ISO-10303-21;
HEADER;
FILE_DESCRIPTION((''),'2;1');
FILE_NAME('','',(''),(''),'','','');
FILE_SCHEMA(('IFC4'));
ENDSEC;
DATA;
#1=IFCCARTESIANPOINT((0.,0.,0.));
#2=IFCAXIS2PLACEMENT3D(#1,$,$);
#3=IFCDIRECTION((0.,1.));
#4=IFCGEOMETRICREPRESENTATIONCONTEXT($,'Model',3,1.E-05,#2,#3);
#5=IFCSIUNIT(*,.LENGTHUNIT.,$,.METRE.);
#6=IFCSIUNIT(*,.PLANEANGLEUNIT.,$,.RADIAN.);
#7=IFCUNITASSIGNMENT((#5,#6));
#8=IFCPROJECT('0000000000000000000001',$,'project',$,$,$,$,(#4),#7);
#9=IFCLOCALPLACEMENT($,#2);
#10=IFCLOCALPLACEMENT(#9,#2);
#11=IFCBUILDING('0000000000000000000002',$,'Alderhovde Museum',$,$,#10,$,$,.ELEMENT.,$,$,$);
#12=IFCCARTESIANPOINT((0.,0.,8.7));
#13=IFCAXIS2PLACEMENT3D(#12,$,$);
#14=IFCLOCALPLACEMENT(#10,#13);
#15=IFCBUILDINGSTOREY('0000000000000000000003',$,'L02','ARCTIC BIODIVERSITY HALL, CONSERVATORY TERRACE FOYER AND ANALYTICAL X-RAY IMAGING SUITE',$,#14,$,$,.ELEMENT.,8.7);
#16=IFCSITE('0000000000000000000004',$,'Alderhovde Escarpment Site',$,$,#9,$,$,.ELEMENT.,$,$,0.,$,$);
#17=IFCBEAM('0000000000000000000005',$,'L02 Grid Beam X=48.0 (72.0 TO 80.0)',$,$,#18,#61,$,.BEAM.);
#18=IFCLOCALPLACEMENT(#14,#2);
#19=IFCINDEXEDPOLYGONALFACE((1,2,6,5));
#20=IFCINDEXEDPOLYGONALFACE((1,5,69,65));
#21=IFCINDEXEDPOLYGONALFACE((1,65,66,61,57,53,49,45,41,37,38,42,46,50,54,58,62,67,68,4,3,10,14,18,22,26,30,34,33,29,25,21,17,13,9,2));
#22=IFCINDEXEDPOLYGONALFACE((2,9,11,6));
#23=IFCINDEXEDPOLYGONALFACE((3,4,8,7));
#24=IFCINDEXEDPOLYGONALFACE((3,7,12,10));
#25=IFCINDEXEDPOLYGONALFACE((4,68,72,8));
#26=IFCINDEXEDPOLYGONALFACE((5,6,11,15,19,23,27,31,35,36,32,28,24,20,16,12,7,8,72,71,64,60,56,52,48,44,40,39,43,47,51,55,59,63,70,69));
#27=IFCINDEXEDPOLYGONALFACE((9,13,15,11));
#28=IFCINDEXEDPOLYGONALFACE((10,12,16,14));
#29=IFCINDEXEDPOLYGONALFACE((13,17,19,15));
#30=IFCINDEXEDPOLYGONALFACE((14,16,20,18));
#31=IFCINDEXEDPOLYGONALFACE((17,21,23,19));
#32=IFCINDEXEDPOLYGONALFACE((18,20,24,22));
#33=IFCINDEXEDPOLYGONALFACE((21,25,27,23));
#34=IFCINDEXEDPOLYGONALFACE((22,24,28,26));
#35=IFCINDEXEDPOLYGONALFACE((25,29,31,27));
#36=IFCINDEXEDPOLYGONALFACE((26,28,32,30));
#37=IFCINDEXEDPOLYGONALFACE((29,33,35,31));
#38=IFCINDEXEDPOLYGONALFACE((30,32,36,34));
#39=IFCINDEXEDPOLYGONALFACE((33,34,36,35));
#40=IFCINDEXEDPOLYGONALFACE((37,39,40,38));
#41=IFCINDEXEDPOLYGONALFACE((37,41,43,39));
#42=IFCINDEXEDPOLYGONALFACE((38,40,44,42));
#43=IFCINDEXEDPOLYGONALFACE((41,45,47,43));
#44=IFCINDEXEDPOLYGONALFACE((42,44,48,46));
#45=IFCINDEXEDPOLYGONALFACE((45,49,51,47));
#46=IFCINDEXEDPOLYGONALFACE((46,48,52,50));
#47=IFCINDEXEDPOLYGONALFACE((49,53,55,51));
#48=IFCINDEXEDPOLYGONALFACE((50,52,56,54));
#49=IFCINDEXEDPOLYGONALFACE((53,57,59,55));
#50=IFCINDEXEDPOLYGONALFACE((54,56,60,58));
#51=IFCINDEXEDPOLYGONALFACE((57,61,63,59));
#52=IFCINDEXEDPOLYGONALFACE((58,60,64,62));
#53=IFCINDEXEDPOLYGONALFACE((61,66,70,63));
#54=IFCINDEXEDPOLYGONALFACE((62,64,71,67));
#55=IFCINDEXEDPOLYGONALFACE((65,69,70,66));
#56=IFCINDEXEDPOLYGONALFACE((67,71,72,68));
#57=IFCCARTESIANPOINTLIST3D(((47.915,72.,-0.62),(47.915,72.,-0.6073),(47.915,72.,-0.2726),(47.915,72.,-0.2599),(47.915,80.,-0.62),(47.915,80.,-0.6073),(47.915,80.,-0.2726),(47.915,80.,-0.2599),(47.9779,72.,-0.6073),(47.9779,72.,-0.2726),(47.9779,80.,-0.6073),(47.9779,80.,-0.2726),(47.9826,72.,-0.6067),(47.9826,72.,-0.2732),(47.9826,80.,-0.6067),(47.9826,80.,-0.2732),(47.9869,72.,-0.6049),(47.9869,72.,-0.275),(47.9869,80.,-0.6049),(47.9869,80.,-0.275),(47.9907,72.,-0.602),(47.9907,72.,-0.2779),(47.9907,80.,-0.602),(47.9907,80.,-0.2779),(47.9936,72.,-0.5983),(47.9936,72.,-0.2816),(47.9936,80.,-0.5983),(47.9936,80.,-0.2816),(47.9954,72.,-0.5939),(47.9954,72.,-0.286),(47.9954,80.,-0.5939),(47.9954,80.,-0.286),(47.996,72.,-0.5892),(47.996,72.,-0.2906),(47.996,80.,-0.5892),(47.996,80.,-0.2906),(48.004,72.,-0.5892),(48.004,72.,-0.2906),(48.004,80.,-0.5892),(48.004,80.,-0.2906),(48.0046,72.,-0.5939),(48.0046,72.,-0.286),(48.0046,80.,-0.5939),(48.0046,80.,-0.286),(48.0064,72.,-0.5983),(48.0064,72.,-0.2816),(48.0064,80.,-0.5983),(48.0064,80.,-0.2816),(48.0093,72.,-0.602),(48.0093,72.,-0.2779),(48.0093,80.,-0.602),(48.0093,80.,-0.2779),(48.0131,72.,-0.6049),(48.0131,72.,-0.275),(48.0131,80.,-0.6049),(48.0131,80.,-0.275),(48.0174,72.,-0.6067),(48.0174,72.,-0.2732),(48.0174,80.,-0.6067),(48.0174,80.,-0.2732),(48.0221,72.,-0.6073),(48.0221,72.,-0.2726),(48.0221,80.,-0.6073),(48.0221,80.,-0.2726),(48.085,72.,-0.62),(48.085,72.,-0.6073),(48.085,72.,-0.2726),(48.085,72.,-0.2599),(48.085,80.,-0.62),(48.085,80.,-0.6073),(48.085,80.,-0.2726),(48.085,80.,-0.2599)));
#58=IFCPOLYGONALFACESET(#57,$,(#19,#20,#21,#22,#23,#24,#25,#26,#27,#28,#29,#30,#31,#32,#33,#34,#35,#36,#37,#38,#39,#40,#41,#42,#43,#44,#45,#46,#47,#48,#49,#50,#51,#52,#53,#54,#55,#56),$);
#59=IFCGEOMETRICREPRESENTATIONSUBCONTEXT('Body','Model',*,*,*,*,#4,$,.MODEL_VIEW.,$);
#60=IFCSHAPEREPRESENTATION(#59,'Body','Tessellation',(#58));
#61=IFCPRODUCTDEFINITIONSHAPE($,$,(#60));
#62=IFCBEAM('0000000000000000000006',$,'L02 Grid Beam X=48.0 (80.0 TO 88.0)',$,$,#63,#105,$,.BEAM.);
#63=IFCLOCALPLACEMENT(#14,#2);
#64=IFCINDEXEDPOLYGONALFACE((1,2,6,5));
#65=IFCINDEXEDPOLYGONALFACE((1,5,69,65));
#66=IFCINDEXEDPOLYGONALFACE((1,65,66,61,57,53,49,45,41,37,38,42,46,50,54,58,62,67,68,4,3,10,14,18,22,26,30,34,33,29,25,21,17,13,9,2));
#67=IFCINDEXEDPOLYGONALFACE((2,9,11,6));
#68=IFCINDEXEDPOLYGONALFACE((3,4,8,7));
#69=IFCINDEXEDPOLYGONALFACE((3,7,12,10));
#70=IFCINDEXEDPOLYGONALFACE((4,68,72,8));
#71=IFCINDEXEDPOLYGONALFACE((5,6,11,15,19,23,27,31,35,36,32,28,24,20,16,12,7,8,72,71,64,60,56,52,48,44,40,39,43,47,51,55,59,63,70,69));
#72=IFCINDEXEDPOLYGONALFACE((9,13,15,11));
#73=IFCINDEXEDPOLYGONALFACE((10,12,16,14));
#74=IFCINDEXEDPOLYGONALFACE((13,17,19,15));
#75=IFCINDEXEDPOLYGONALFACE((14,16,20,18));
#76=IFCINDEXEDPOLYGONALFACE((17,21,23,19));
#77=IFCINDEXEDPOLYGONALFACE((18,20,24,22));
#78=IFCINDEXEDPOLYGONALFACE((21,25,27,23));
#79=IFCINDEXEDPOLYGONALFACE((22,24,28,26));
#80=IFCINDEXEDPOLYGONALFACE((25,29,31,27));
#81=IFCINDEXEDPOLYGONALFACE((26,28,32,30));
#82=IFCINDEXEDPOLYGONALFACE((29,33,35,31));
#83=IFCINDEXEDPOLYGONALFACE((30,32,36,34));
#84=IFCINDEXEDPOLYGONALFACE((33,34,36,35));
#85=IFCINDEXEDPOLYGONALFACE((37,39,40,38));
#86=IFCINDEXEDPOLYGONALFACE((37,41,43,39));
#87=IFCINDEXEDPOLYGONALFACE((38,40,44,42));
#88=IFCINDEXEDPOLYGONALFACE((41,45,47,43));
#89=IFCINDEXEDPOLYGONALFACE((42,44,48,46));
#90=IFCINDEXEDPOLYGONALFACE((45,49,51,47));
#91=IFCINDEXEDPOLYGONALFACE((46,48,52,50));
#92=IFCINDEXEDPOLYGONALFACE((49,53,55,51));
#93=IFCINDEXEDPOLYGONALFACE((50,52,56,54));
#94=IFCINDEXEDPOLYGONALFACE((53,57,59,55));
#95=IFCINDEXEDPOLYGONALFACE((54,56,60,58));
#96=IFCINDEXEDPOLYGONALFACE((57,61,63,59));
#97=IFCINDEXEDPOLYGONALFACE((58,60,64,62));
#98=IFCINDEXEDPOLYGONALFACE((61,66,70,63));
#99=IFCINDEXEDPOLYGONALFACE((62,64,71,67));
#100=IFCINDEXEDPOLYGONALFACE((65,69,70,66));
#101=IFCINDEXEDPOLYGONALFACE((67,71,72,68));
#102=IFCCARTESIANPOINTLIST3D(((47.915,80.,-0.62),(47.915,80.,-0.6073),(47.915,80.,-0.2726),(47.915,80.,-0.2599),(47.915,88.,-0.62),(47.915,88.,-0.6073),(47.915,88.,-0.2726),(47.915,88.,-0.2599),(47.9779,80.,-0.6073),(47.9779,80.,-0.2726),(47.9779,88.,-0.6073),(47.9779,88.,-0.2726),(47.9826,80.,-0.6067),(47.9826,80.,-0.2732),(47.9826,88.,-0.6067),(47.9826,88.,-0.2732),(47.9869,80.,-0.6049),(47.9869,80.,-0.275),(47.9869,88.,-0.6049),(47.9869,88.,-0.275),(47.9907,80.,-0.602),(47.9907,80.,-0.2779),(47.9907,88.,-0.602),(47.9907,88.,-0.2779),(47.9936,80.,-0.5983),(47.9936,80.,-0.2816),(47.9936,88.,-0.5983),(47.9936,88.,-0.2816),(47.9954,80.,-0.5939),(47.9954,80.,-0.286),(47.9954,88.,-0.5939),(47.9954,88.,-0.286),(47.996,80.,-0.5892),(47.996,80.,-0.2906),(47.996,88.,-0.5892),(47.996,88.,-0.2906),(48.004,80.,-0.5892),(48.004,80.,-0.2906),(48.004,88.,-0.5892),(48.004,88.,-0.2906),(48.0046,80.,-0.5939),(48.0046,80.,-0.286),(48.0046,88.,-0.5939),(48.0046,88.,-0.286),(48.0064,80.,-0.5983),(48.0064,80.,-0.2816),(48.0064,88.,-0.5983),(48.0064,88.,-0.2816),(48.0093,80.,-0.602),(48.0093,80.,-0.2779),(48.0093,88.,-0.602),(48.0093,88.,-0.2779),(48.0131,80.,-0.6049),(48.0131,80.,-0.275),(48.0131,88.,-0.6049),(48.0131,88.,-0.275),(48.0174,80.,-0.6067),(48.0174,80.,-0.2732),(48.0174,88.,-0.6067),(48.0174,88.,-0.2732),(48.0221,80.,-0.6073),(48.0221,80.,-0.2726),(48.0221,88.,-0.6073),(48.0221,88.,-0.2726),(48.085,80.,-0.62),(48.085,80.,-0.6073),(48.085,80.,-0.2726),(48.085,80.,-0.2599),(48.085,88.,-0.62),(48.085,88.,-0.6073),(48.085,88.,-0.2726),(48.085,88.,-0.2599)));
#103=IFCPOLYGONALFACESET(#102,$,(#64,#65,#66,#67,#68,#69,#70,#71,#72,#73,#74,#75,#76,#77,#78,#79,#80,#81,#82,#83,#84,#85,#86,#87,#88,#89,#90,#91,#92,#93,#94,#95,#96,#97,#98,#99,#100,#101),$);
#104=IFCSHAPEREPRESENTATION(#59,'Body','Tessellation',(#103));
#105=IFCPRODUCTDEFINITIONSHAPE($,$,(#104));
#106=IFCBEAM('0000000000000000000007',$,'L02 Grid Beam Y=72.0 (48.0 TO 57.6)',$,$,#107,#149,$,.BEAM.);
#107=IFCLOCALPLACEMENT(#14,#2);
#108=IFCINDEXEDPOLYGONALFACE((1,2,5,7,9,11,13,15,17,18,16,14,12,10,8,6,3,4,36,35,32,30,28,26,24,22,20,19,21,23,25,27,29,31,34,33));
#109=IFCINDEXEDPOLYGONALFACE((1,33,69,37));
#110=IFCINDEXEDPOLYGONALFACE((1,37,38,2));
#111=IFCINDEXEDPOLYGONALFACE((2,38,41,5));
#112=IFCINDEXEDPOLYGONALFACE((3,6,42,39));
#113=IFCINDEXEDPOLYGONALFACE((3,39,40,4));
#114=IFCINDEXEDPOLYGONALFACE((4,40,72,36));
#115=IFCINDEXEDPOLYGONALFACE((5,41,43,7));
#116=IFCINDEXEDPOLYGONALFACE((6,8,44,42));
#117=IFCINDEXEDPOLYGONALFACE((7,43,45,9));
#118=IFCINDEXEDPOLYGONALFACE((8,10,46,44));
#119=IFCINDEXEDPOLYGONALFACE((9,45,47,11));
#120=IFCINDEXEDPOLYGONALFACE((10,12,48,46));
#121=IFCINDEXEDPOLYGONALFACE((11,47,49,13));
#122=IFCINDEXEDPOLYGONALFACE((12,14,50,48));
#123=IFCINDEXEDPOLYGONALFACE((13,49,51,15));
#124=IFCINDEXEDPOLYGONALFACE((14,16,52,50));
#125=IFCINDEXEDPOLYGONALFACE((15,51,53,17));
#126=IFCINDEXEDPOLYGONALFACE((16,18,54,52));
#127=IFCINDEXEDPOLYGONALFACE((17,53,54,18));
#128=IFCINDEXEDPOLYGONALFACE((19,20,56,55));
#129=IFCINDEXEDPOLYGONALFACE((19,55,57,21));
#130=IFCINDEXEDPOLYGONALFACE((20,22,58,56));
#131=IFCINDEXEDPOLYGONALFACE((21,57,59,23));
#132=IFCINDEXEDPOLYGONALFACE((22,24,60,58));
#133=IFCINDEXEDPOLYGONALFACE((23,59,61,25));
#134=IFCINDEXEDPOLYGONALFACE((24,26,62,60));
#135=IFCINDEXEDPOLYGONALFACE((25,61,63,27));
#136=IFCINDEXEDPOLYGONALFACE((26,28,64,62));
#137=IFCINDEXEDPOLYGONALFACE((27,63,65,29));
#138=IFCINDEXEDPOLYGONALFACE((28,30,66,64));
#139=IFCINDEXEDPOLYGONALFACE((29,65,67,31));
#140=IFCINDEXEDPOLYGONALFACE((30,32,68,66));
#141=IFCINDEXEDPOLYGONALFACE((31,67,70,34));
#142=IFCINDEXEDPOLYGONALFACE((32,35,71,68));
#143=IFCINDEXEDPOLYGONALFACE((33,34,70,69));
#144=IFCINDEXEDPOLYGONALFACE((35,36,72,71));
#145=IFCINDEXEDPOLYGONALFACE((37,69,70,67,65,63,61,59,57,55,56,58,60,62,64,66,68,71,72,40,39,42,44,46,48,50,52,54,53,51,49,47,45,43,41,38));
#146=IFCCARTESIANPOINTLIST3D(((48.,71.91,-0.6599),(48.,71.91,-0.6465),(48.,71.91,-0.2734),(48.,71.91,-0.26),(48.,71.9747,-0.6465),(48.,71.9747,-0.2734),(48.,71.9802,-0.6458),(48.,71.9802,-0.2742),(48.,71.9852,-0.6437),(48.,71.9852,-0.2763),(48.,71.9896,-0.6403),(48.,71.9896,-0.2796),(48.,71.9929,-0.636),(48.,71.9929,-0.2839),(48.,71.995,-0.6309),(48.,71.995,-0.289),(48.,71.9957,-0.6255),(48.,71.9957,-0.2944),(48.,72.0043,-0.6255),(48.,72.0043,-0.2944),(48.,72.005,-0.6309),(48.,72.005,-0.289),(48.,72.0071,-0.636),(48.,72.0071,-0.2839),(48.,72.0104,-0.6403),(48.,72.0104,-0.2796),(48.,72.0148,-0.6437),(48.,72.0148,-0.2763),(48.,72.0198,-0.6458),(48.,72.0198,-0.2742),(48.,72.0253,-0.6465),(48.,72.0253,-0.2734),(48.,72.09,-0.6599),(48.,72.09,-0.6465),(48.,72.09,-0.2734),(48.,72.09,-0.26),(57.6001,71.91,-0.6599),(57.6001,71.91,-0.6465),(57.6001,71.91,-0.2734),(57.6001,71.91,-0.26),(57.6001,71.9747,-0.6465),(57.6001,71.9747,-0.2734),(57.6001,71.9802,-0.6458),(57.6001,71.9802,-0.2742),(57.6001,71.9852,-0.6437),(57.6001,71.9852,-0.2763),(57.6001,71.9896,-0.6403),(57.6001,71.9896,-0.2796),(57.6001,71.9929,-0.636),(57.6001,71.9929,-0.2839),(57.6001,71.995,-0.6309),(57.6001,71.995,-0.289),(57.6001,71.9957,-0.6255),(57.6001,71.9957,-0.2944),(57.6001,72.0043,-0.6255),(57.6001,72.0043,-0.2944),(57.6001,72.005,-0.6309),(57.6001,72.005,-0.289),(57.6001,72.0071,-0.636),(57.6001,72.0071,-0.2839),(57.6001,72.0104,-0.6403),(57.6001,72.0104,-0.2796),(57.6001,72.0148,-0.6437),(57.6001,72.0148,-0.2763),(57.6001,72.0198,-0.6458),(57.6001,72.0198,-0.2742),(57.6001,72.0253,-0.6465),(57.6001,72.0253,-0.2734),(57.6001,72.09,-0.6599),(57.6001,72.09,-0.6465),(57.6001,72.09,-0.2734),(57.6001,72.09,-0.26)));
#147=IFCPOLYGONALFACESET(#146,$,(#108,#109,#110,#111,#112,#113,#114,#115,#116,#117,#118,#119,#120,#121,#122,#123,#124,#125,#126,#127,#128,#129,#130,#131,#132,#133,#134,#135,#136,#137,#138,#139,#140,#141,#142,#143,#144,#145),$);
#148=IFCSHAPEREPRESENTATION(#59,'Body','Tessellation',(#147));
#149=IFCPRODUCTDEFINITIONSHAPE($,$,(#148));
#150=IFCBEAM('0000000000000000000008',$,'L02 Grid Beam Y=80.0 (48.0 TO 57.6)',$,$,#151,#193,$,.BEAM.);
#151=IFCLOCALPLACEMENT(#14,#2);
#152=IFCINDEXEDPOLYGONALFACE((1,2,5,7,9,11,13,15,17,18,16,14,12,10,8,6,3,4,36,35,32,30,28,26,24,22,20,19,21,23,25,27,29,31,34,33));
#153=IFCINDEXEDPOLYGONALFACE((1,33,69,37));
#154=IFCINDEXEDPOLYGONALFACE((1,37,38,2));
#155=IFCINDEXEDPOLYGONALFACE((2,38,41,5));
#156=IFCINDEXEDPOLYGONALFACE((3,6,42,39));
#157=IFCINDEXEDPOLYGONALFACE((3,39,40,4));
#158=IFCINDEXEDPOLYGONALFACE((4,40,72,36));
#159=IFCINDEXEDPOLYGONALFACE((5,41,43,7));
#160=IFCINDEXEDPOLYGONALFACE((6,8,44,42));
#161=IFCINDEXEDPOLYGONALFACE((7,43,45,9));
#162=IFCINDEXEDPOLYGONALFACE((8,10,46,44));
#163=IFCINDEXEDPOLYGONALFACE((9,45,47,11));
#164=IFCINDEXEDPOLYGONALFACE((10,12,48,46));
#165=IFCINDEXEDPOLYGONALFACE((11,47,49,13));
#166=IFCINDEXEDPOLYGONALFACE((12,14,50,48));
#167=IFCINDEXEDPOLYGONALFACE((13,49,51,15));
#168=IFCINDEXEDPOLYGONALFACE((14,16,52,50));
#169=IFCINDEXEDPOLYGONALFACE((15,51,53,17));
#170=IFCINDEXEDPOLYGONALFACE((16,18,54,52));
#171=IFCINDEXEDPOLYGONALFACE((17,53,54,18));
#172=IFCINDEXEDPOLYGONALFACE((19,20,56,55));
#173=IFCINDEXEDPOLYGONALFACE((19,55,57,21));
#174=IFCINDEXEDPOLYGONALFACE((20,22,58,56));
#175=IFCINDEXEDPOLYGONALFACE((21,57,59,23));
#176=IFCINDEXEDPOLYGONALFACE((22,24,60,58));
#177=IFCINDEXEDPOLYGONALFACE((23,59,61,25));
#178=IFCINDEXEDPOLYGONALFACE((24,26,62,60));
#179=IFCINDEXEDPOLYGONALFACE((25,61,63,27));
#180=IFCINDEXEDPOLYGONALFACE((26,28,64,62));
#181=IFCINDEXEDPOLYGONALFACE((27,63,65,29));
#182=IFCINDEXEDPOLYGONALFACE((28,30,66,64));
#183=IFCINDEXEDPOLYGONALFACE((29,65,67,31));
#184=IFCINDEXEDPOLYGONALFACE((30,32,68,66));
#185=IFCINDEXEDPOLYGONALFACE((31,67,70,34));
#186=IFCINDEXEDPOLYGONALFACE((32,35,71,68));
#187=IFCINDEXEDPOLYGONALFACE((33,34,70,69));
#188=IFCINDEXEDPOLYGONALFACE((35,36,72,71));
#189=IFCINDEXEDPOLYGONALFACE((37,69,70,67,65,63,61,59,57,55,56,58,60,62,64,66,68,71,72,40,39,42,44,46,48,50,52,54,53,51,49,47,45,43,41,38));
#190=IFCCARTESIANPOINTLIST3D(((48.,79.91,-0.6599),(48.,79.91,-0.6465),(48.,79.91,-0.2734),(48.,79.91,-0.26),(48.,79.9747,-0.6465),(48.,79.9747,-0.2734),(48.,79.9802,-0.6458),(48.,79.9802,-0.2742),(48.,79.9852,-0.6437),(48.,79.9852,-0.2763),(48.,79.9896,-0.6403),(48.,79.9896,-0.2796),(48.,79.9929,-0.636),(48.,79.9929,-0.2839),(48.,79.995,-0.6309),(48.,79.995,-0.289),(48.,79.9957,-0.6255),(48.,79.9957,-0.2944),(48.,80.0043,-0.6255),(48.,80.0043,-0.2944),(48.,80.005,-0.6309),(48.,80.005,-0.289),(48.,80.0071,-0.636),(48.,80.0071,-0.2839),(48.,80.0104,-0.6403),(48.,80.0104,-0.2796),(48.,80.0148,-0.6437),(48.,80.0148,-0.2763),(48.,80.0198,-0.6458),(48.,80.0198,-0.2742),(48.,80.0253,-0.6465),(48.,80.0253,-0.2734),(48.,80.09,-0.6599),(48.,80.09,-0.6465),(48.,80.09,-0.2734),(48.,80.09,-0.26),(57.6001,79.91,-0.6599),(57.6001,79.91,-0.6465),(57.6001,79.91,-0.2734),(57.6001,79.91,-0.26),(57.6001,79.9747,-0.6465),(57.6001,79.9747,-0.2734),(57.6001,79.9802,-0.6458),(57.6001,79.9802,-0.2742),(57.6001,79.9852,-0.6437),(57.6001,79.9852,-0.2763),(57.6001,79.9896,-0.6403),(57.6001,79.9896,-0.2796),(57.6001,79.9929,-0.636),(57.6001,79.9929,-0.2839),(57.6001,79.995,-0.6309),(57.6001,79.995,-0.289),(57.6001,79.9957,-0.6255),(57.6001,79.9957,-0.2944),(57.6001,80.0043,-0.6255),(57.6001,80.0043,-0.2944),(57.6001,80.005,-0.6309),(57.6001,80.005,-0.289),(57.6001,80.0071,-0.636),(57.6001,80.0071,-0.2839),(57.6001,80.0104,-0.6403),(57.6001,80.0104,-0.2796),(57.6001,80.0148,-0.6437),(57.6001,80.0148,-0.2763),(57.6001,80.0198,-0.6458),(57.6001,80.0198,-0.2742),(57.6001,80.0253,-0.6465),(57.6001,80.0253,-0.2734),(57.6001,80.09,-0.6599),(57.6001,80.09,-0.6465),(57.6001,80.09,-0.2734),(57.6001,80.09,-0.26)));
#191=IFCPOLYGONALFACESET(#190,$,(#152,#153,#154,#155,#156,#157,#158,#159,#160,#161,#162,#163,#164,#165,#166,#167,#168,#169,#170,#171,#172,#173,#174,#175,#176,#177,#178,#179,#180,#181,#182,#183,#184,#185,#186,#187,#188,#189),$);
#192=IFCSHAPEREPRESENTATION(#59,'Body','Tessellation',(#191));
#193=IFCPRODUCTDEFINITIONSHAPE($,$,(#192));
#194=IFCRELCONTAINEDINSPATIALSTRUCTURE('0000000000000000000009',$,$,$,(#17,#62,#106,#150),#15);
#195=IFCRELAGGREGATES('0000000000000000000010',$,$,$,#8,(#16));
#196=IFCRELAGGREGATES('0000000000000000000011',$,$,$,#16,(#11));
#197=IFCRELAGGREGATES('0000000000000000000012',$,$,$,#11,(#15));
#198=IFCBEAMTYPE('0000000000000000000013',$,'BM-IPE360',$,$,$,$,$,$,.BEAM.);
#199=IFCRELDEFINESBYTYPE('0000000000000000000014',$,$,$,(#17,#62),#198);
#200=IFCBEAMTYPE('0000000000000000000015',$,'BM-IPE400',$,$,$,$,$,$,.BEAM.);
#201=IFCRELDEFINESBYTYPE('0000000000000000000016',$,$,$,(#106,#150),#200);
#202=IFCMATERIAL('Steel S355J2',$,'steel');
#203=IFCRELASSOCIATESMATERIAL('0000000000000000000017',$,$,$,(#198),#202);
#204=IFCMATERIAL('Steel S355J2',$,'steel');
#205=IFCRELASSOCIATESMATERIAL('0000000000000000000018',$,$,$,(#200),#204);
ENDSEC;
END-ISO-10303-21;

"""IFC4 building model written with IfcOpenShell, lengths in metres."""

from ifc_helpers import new_model, si_unit, direction, frame, origin, origin_2d, place, context, subcontext, project, spatial, i_section, extrude, material, material_profile, profile_set, type_object, element, save


model = new_model("IFC4")

# Units and contexts
model_context = context("Model", 3, precision=1e-05, world=origin(), true_north=direction((0.0, 1.0)))
body_context = subcontext(model_context, "Body", "Model", "MODEL_VIEW")
ifc_project = project(units=[si_unit("LENGTHUNIT", "METRE"), si_unit("PLANEANGLEUNIT", "RADIAN")], contexts=[model_context])

# Site, building, storey
site_placement = place(None, origin())
site = spatial("IfcSite", under=ifc_project, at=site_placement, Name="Alderhovde Escarpment Site", CompositionType="ELEMENT", RefElevation=0.0)
building_placement = place(site_placement, origin())
building = spatial("IfcBuilding", under=site, at=building_placement, Name="Alderhovde Museum", CompositionType="ELEMENT")
storey_placement = place(building_placement, frame((0.0, 0.0, 8.7)))
storey = spatial("IfcBuildingStorey", under=building, at=storey_placement, Name="L02", Description="ARCTIC BIODIVERSITY HALL, CONSERVATORY TERRACE FOYER AND ANALYTICAL X-RAY IMAGING SUITE", CompositionType="ELEMENT", Elevation=8.7)

# Beams
ifc_material_1 = material(Name="Steel S355J2", Category="steel")
ifc_material_profile_1 = material_profile(ifc_material_1, i_section(OverallWidth=0.1699, OverallDepth=0.3601, WebThickness=0.0081, FlangeThickness=0.0127, FilletRadius=0.0181, at=origin_2d()), Name="IPE 360")
ifc_profile_set_1 = profile_set([ifc_material_profile_1], Name="Steel S355J2")
beam_type_1 = type_object("IfcBeamType", Name="BM-IPE360", PredefinedType="BEAM", material=ifc_profile_set_1)
for number, where, z_axis, x_axis, name in (
    (1, (48.0, 72.0, -0.4399), (0.0, 1.0, 0.0), (-1.0, 0.0, 0.0), "L02 Grid Beam X=48.0 (72.0 TO 80.0)"),
    (2, (48.0, 80.0, -0.4399), (0.0, 1.0, 0.0), (-1.0, 0.0, 0.0), "L02 Grid Beam X=48.0 (80.0 TO 88.0)"),
):
    element("IfcBeam", number, at=place(storey_placement, frame(where, z_axis=z_axis, x_axis=x_axis)), inside=storey, type_object=beam_type_1, Name=name, PredefinedType="BEAM", context=body_context, shape_type="SweptSolid", body=[
        extrude(i_section(OverallWidth=0.1699, OverallDepth=0.3601, WebThickness=0.0081, FlangeThickness=0.0127, FilletRadius=0.0181, at=origin_2d()), origin(), (0.0, 0.0, 1.0), 8.0),
    ])
ifc_material_2 = material(Name="Steel S355J2", Category="steel")
ifc_material_profile_2 = material_profile(ifc_material_2, i_section(OverallWidth=0.1799, OverallDepth=0.3999, WebThickness=0.0085, FlangeThickness=0.0134, FilletRadius=0.021, at=origin_2d()), Name="IPE 400")
ifc_profile_set_2 = profile_set([ifc_material_profile_2], Name="Steel S355J2")
beam_type_2 = type_object("IfcBeamType", Name="BM-IPE400", PredefinedType="BEAM", material=ifc_profile_set_2)
for number, where, z_axis, x_axis, name in (
    (3, (48.0, 72.0, -0.46), (1.0, 0.0, 0.0), (0.0, 1.0, 0.0), "L02 Grid Beam Y=72.0 (48.0 TO 57.6)"),
    (4, (48.0, 80.0, -0.46), (1.0, 0.0, 0.0), (0.0, 1.0, 0.0), "L02 Grid Beam Y=80.0 (48.0 TO 57.6)"),
):
    element("IfcBeam", number, at=place(storey_placement, frame(where, z_axis=z_axis, x_axis=x_axis)), inside=storey, type_object=beam_type_2, Name=name, PredefinedType="BEAM", context=body_context, shape_type="SweptSolid", body=[
        extrude(i_section(OverallWidth=0.1799, OverallDepth=0.3999, WebThickness=0.0085, FlangeThickness=0.0134, FilletRadius=0.021, at=origin_2d()), origin(), (0.0, 0.0, 1.0), 9.6001),
    ])

save(model, "model.ifc")
